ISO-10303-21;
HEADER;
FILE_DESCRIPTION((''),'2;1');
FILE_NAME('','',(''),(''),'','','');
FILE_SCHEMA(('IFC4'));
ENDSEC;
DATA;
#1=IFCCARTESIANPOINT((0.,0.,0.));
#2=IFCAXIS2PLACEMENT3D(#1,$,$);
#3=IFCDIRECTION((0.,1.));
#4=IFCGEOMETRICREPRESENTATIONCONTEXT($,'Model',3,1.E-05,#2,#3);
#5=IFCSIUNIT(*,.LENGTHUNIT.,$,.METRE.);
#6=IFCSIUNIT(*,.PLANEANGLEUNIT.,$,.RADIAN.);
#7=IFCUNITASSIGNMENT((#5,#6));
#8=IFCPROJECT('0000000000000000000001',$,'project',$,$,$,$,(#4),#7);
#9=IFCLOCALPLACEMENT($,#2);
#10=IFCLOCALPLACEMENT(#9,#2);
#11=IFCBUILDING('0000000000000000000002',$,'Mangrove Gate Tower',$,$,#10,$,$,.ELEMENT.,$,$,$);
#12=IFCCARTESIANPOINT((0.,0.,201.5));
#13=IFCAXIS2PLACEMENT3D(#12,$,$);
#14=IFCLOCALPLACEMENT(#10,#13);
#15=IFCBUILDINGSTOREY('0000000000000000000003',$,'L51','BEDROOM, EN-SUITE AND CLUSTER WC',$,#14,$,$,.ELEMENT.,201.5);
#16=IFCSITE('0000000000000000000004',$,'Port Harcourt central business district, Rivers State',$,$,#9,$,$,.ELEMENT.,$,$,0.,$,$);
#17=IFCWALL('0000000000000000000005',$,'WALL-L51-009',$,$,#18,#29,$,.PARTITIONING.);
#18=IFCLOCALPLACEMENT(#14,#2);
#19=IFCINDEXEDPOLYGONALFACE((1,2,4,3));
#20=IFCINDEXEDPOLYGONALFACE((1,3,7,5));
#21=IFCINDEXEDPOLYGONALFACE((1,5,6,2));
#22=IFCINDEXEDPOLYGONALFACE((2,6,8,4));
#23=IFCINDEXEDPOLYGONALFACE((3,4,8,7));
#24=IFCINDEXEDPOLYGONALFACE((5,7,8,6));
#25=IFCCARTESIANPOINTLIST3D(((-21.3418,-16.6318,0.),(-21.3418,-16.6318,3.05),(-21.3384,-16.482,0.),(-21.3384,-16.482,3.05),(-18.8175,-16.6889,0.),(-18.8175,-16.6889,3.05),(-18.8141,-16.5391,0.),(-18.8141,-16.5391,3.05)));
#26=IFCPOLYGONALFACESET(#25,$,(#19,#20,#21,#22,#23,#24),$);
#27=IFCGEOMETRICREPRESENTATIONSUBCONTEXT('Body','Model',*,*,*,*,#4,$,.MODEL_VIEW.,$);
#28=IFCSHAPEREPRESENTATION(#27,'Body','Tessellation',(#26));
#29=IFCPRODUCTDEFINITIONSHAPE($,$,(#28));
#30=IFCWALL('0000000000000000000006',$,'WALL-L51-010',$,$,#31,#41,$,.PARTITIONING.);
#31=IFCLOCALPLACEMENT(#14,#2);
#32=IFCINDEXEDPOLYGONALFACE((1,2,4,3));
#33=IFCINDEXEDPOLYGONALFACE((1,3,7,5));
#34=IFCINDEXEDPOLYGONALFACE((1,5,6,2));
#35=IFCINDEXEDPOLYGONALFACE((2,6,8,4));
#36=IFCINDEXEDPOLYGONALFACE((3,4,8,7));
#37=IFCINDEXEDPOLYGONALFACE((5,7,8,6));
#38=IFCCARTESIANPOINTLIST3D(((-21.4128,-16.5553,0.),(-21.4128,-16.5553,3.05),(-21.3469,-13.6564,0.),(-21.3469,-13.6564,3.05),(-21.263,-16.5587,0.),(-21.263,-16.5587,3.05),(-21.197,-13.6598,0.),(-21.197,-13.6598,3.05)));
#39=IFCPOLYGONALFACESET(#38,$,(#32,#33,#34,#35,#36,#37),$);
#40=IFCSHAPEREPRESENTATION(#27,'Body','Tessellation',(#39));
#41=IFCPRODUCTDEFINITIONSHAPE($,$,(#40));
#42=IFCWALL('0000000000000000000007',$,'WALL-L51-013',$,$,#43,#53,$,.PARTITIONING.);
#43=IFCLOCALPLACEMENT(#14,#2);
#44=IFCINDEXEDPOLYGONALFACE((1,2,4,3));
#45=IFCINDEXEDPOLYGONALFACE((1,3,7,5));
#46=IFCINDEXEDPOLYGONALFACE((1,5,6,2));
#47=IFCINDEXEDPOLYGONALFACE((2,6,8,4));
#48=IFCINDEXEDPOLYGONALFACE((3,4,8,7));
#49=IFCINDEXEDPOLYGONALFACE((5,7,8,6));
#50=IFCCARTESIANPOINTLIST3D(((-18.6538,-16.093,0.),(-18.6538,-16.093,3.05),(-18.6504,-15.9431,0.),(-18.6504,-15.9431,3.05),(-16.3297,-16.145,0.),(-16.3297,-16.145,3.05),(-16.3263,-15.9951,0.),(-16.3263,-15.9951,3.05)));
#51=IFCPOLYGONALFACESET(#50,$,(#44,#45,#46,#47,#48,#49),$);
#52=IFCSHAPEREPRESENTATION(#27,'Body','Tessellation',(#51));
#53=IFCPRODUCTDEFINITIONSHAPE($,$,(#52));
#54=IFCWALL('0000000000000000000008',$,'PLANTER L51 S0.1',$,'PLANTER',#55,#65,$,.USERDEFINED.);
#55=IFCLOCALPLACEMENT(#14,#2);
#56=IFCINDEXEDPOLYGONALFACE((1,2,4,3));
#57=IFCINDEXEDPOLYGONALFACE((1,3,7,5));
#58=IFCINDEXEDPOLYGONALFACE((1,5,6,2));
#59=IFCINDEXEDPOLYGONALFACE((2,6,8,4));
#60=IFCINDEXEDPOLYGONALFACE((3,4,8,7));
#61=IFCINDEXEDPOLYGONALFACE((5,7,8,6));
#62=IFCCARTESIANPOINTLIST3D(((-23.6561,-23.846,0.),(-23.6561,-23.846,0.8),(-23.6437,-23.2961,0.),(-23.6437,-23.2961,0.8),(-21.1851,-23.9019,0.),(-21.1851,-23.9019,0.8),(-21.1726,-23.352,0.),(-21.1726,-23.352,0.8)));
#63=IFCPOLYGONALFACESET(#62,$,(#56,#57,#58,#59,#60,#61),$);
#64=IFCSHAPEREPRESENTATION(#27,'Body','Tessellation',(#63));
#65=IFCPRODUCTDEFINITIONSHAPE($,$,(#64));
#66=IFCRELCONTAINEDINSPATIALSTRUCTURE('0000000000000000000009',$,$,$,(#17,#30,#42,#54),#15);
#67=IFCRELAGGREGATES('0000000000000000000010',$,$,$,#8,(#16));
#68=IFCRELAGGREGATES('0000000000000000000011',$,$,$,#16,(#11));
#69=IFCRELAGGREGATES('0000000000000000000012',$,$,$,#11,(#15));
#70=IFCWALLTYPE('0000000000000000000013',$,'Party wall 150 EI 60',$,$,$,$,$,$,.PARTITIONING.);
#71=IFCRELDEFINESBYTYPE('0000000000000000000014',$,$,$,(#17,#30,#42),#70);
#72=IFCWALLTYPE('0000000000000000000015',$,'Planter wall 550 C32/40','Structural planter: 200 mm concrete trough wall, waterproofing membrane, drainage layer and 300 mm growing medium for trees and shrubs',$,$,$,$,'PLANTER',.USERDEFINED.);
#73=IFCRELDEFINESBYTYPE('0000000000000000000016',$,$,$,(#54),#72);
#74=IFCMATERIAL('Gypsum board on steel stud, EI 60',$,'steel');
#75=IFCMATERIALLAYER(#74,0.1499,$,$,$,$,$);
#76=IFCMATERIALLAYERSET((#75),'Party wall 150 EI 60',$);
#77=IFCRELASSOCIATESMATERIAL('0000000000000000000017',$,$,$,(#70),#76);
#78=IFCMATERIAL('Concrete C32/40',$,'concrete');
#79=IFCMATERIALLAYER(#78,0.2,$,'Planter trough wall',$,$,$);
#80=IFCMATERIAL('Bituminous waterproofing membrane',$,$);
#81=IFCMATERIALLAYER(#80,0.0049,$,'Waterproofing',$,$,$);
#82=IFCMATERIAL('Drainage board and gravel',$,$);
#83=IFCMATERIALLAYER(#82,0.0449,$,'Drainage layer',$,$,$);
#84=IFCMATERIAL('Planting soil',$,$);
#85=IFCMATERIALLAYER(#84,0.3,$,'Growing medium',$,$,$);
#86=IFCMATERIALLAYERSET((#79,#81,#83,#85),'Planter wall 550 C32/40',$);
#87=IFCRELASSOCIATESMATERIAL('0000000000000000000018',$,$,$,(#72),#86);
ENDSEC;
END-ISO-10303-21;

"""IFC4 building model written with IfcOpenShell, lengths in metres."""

from ifc_helpers import new_model, si_unit, direction, frame, frame_2d, origin, place, context, subcontext, project, spatial, rectangle, extrude, material, layer, layer_set, type_object, element, save


model = new_model("IFC4")

# Units and contexts
model_context = context("Model", 3, precision=1e-05, world=origin(), true_north=direction((0.0, 1.0)))
body_context = subcontext(model_context, "Body", "Model", "MODEL_VIEW")
ifc_project = project(units=[si_unit("LENGTHUNIT", "METRE"), si_unit("PLANEANGLEUNIT", "RADIAN")], contexts=[model_context])

# Site, building, storey
site_placement = place(None, origin())
site = spatial("IfcSite", under=ifc_project, at=site_placement, Name="Port Harcourt central business district, Rivers State", CompositionType="ELEMENT", RefElevation=0.0)
building_placement = place(site_placement, origin())
building = spatial("IfcBuilding", under=site, at=building_placement, Name="Mangrove Gate Tower", CompositionType="ELEMENT")
storey_placement = place(building_placement, frame((0.0, 0.0, 201.5)))
storey = spatial("IfcBuildingStorey", under=building, at=storey_placement, Name="L51", Description="BEDROOM, EN-SUITE AND CLUSTER WC", CompositionType="ELEMENT", Elevation=201.5)

# Walls
ifc_material_1 = material(Name="Gypsum board on steel stud, EI 60", Category="steel")
ifc_layer_1 = layer(ifc_material_1, 0.1499)
ifc_layer_set_1 = layer_set([ifc_layer_1], Name="Party wall 150 EI 60")
wall_type_1 = type_object("IfcWallType", Name="Party wall 150 EI 60", PredefinedType="PARTITIONING", material=ifc_layer_set_1)
wall_1_placement = place(storey_placement, frame((-21.3401, -16.5569, 0.0), z_axis=(0.0, 0.0, 1.0), x_axis=(0.999744, -0.022627, 0.0)))
element("IfcWall", 1, at=wall_1_placement, inside=storey, type_object=wall_type_1, Name="WALL-L51-009", PredefinedType="PARTITIONING", context=body_context, shape_type="SweptSolid", body=[
    extrude(rectangle(XDim=2.5249, YDim=0.1499, at=frame_2d((1.2625, 0.0))), origin(), (0.0, 0.0, 1.0), 3.05),
])
wall_2_placement = place(storey_placement, frame((-21.3379, -16.5569, 0.0), z_axis=(0.0, 0.0, 1.0), x_axis=(0.022733, 0.999742, 0.0)))
element("IfcWall", 2, at=wall_2_placement, inside=storey, type_object=wall_type_1, Name="WALL-L51-010", PredefinedType="PARTITIONING", context=body_context, shape_type="SweptSolid", body=[
    extrude(rectangle(XDim=2.8997, YDim=0.1499, at=frame_2d((1.4497, 0.0))), origin(), (0.0, 0.0, 1.0), 3.05),
])
wall_3_placement = place(storey_placement, frame((-18.6521, -16.0181, 0.0), z_axis=(0.0, 0.0, 1.0), x_axis=(0.99975, -0.022368, 0.0)))
element("IfcWall", 3, at=wall_3_placement, inside=storey, type_object=wall_type_1, Name="WALL-L51-013", PredefinedType="PARTITIONING", context=body_context, shape_type="SweptSolid", body=[
    extrude(rectangle(XDim=2.3247, YDim=0.1499, at=frame_2d((1.1624, 0.0))), origin(), (0.0, 0.0, 1.0), 3.05),
])
ifc_material_2 = material(Name="Concrete C32/40", Category="concrete")
ifc_layer_2 = layer(ifc_material_2, 0.2, Name="Planter trough wall")
ifc_material_3 = material(Name="Bituminous waterproofing membrane")
ifc_layer_3 = layer(ifc_material_3, 0.0049, Name="Waterproofing")
ifc_material_4 = material(Name="Drainage board and gravel")
ifc_layer_4 = layer(ifc_material_4, 0.0449, Name="Drainage layer")
ifc_material_5 = material(Name="Planting soil")
ifc_layer_5 = layer(ifc_material_5, 0.3, Name="Growing medium")
ifc_layer_set_2 = layer_set([ifc_layer_2, ifc_layer_3, ifc_layer_4, ifc_layer_5], Name="Planter wall 550 C32/40")
wall_type_2 = type_object("IfcWallType", Name="Planter wall 550 C32/40", Description="Structural planter: 200 mm concrete trough wall, waterproofing membrane, drainage layer and 300 mm growing medium for trees and shrubs", ElementType="PLANTER", PredefinedType="USERDEFINED", material=ifc_layer_set_2)
wall_4_placement = place(storey_placement, frame((-23.6499, -23.571, 0.0), z_axis=(0.0, 0.0, 1.0), x_axis=(0.999744, -0.02262, 0.0)))
element("IfcWall", 4, at=wall_4_placement, inside=storey, type_object=wall_type_2, Name="PLANTER L51 S0.1", ObjectType="PLANTER", PredefinedType="USERDEFINED", context=body_context, shape_type="SweptSolid", body=[
    extrude(rectangle(XDim=2.4717, YDim=0.55, at=frame_2d((1.2358, 0.0))), origin(), (0.0, 0.0, 1.0), 0.8),
])

save(model, "model.ifc")
